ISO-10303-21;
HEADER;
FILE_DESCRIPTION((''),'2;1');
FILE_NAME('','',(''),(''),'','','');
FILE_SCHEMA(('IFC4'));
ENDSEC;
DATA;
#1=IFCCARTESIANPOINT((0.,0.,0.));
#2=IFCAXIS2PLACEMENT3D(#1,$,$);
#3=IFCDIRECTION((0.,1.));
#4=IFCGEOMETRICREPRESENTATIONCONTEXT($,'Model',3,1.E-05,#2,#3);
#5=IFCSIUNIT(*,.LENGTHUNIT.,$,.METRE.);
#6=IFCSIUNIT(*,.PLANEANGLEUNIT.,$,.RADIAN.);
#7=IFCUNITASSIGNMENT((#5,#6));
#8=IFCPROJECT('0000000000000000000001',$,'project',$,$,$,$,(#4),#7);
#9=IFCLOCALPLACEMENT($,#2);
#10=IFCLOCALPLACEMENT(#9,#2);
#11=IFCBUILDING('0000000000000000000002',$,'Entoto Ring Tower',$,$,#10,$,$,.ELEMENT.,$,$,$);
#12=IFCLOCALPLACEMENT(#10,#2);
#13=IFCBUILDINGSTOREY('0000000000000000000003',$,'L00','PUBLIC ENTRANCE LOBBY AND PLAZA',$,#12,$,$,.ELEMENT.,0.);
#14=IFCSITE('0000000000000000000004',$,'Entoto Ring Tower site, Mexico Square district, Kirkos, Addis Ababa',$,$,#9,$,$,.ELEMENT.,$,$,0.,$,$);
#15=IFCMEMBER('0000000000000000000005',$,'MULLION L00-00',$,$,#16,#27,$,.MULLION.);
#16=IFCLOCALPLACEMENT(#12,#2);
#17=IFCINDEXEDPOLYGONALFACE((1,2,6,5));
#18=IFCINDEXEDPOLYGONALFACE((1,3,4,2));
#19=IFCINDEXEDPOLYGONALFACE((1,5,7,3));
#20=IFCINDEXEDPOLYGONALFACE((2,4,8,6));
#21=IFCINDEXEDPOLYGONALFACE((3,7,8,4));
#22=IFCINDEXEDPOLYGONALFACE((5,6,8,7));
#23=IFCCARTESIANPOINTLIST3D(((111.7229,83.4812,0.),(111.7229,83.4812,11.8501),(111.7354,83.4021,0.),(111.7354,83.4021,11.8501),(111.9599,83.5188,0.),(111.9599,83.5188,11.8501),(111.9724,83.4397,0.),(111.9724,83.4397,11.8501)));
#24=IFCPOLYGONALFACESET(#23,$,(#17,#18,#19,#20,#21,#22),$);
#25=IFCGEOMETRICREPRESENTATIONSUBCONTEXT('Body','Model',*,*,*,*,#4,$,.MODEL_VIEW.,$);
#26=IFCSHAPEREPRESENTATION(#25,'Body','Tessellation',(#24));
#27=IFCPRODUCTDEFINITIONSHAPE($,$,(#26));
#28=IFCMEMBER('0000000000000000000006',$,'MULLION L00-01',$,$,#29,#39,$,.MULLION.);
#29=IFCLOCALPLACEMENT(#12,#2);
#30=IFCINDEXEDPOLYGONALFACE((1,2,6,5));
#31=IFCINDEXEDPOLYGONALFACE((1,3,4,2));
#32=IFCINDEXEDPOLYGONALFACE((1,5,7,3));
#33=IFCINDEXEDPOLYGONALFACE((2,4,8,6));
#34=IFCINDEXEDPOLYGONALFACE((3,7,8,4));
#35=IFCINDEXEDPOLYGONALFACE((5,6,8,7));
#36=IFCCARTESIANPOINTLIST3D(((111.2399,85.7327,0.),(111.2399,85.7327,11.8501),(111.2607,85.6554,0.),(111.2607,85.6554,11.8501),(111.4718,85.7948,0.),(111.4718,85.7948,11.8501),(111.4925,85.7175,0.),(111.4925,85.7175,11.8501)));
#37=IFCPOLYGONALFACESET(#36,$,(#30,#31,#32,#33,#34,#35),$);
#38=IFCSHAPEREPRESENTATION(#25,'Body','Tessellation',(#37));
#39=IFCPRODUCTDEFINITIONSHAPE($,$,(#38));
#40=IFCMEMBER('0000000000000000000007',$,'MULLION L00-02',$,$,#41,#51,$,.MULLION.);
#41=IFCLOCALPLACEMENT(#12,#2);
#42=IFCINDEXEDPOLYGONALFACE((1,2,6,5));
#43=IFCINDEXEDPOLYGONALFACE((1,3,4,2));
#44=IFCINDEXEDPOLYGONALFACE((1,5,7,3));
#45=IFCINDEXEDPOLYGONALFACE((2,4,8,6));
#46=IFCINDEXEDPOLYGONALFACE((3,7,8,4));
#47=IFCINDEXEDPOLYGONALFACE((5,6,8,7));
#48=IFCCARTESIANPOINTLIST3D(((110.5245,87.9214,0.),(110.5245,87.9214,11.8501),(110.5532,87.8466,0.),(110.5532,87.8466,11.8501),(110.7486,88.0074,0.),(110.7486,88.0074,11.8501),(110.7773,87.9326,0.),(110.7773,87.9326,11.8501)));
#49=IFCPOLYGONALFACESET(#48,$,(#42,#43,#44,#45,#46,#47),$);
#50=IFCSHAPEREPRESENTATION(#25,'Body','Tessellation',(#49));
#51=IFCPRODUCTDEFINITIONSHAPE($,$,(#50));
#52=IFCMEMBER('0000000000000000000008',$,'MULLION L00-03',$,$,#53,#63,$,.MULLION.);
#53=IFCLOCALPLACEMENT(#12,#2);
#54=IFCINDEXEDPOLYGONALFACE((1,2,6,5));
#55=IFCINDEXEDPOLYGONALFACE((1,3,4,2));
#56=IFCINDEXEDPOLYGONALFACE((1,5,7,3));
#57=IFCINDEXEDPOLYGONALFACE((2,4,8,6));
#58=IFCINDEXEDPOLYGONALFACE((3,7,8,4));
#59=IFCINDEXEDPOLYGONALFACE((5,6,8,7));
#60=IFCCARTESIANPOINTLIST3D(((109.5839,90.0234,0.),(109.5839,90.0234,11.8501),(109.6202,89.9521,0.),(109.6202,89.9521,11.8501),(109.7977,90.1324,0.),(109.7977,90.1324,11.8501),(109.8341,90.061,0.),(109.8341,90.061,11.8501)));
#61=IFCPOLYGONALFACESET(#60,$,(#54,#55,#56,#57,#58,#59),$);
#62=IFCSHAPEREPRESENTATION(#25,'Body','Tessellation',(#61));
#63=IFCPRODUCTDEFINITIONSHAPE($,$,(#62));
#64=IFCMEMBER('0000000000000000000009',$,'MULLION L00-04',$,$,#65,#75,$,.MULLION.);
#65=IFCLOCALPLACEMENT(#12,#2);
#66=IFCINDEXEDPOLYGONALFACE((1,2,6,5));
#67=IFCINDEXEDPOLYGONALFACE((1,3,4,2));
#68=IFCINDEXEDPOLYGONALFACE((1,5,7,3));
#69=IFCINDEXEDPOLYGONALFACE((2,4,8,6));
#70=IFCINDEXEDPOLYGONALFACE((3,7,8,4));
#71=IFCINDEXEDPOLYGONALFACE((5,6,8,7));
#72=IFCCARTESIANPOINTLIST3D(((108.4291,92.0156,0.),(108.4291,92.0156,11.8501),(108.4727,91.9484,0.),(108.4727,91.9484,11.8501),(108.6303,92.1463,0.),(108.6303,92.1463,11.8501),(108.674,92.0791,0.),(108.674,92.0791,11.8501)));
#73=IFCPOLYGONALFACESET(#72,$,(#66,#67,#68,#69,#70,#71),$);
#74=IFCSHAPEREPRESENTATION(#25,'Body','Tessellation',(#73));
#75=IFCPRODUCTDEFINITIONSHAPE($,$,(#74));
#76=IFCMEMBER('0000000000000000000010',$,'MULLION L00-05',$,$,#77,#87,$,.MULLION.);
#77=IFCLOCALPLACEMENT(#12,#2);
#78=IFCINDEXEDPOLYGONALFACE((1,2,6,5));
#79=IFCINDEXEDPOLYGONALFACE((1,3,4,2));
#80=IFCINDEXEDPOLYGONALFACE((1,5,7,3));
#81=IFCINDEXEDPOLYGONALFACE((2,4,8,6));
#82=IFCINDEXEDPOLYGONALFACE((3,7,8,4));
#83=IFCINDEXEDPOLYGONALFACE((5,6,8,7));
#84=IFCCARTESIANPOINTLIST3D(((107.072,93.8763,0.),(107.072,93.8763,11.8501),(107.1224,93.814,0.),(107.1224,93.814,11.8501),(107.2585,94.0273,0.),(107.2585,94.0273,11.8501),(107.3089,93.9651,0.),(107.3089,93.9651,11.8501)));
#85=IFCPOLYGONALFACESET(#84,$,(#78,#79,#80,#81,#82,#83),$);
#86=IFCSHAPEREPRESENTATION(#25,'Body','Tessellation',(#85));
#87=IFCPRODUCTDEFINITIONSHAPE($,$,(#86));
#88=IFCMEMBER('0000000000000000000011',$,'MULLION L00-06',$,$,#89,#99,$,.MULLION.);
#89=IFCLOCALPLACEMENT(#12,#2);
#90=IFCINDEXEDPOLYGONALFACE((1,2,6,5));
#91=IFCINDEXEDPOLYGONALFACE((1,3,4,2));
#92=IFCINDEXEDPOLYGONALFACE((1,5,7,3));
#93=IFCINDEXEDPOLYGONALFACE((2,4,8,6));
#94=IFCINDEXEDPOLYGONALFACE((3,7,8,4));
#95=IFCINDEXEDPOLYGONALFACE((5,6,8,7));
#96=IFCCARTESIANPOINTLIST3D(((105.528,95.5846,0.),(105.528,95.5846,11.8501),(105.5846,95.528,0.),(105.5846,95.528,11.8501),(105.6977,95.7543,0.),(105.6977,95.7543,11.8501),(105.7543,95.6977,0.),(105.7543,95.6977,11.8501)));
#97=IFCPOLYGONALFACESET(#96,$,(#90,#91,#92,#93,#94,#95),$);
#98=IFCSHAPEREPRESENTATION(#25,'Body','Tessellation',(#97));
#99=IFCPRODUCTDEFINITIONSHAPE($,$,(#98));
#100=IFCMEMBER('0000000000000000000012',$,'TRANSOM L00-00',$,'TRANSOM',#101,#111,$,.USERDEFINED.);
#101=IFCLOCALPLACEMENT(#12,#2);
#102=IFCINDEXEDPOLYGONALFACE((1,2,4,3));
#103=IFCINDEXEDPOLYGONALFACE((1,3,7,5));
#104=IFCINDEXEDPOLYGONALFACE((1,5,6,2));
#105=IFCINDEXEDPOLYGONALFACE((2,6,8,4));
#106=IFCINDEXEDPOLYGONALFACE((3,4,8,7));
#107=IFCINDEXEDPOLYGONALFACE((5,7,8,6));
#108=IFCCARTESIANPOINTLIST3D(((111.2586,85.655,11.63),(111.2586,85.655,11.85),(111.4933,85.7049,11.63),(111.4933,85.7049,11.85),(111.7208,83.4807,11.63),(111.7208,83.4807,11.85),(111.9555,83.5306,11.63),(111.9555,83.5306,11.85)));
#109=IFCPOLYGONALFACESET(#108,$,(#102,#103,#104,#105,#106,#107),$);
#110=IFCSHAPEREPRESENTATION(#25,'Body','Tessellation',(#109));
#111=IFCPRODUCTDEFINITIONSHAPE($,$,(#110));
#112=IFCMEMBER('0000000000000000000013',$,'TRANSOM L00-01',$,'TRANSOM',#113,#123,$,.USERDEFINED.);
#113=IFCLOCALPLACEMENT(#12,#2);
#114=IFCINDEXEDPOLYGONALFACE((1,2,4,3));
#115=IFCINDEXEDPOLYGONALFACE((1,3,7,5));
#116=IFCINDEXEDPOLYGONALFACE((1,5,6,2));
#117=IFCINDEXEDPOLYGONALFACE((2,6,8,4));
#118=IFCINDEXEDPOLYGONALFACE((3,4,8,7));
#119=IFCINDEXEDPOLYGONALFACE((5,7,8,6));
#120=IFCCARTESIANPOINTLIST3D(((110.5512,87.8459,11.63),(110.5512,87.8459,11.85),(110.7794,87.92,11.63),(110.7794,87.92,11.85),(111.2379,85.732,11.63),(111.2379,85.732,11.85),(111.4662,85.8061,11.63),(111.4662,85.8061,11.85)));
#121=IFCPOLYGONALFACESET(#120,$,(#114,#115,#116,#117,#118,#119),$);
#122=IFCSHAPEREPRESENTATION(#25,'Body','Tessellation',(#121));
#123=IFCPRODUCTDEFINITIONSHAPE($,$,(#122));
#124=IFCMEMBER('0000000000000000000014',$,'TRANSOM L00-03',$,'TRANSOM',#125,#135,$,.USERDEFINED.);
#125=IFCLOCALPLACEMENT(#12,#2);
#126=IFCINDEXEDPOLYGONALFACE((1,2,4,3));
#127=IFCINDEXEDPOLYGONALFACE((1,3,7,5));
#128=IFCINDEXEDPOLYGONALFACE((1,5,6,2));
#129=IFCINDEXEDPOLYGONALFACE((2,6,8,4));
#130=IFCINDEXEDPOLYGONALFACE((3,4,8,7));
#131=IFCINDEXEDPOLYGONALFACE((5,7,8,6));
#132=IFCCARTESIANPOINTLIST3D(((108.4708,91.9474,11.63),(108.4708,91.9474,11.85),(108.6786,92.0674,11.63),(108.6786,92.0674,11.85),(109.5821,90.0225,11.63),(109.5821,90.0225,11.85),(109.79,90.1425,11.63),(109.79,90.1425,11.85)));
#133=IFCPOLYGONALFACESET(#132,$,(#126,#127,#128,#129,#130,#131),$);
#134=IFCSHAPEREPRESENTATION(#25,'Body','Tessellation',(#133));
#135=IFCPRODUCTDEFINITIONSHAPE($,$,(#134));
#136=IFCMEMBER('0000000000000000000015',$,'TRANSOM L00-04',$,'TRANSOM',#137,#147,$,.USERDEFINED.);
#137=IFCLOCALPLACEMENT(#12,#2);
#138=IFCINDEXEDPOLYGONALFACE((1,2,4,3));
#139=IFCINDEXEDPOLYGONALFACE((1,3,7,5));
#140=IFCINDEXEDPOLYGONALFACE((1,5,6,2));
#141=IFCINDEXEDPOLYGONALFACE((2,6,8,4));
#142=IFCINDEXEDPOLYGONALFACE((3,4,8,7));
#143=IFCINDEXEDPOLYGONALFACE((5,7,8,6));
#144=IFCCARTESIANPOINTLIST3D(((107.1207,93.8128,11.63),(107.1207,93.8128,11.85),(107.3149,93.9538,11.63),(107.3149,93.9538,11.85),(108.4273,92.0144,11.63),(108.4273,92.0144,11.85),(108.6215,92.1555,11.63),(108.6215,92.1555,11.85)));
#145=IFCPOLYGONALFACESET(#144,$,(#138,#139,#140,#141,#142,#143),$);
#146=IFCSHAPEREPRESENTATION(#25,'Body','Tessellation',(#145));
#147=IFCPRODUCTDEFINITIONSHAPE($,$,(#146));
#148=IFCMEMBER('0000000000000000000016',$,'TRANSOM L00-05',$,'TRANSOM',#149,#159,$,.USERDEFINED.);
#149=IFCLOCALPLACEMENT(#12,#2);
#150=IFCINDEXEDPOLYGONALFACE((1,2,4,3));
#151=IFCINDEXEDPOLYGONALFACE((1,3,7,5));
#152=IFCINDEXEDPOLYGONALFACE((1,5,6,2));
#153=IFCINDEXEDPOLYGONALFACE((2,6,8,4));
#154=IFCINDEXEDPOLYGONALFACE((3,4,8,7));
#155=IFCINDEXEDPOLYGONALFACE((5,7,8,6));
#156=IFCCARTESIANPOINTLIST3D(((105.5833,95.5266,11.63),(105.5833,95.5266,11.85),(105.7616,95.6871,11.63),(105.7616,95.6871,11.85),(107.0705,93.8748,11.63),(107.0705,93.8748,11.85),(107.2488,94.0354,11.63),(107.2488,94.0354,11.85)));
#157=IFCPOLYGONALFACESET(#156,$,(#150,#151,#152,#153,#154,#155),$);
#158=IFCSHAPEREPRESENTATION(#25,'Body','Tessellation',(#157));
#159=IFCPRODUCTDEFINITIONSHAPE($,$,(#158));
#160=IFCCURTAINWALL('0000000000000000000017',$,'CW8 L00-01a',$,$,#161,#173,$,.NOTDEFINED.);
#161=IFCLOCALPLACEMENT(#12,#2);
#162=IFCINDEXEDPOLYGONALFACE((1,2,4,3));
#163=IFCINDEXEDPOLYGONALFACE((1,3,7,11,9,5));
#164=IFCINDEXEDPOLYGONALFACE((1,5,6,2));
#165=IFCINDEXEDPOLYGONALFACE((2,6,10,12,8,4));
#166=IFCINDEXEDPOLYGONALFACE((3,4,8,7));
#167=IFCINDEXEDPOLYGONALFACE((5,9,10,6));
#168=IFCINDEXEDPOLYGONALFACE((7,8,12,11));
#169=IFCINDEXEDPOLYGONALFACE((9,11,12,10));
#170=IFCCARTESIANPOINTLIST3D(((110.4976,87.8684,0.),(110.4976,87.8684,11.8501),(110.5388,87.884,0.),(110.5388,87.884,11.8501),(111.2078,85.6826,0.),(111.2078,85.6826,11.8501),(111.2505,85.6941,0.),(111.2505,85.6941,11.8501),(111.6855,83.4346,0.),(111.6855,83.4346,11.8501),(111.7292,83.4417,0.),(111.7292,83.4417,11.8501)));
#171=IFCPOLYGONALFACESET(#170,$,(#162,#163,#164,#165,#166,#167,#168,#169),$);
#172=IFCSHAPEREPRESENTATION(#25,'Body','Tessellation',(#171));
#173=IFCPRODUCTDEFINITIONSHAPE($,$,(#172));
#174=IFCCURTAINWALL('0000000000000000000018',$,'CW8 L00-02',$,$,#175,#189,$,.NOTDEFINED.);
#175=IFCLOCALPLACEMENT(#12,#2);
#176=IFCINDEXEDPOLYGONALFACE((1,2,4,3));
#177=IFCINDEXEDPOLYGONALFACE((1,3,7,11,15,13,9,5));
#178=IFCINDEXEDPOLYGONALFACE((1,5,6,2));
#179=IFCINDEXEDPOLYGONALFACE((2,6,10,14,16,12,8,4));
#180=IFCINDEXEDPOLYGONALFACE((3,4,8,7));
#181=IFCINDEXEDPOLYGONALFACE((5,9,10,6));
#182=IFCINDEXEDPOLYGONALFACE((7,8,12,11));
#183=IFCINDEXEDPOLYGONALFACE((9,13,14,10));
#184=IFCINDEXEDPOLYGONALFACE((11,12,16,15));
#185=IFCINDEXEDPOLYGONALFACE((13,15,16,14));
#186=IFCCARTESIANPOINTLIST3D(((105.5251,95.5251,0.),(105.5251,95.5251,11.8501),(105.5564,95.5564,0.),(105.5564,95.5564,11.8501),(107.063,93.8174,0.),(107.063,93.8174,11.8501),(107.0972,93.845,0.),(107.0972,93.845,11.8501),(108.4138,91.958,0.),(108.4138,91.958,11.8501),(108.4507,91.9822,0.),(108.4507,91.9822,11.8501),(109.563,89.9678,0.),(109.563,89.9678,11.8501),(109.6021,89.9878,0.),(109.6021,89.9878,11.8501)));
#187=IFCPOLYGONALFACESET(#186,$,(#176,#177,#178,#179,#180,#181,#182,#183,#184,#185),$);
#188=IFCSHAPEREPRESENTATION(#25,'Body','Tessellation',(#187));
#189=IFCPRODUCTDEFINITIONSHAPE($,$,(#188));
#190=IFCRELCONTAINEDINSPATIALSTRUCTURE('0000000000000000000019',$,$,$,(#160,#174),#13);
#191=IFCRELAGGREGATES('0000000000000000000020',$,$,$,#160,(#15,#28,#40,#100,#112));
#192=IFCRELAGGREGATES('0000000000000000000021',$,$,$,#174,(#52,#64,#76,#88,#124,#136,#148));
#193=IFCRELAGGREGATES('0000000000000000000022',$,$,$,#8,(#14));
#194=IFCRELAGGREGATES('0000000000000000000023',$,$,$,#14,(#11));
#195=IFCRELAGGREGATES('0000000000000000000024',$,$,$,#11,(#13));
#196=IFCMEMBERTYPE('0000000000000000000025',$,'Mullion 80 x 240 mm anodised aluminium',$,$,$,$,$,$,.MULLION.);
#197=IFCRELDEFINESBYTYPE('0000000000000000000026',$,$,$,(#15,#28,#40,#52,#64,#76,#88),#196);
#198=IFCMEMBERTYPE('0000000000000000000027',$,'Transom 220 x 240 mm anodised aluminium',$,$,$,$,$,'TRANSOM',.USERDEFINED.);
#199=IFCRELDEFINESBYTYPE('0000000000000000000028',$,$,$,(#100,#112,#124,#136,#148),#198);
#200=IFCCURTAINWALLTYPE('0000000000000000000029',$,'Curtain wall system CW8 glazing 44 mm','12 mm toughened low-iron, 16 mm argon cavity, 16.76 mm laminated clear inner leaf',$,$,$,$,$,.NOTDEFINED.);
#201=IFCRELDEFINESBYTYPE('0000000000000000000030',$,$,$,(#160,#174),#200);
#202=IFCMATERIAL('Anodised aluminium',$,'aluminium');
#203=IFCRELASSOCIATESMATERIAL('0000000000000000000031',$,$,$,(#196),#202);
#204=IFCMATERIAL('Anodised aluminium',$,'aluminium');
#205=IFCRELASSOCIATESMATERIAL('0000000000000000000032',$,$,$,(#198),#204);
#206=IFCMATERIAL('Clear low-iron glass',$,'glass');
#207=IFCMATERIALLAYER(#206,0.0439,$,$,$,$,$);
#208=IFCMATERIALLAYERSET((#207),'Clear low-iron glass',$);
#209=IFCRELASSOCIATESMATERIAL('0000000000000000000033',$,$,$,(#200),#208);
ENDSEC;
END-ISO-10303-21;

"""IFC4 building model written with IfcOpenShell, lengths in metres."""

from ifc_helpers import new_model, si_unit, direction, frame, origin, origin_2d, place, context, subcontext, project, spatial, polyline, rectangle, outline, extrude, material, layer, layer_set, material_profile, profile_set, type_object, element, aggregate, save


model = new_model("IFC4")

# Units and contexts
model_context = context("Model", 3, precision=1e-05, world=origin(), true_north=direction((0.0, 1.0)))
body_context = subcontext(model_context, "Body", "Model", "MODEL_VIEW")
ifc_project = project(units=[si_unit("LENGTHUNIT", "METRE"), si_unit("PLANEANGLEUNIT", "RADIAN")], contexts=[model_context])

# Members
ifc_material_1 = material(Name="Anodised aluminium", Category="aluminium")
ifc_material_profile_1 = material_profile(ifc_material_1, rectangle(XDim=0.0801, YDim=0.24, at=origin_2d()), Name="Mullion 80 x 240 mm anodised aluminium")
ifc_profile_set_1 = profile_set([ifc_material_profile_1], Name="Anodised aluminium")
member_type_1 = type_object("IfcMemberType", Name="Mullion 80 x 240 mm anodised aluminium", PredefinedType="MULLION", material=ifc_profile_set_1)
site_placement = place(None, origin())
building_placement = place(site_placement, origin())
storey_placement = place(building_placement, origin())
member_1_placement = place(storey_placement, frame((111.8477, 83.4604, 0.0), z_axis=(0.0, 0.0, 1.0), x_axis=(-0.156434, 0.987688, 0.0)))
member_1 = element("IfcMember", 1, at=member_1_placement, type_object=member_type_1, Name="MULLION L00-00", PredefinedType="MULLION", context=body_context, shape_type="SweptSolid", body=[
    extrude(rectangle(XDim=0.0801, YDim=0.24, at=origin_2d()), origin(), (0.0, 0.0, 1.0), 11.8501),
])
member_2_placement = place(storey_placement, frame((111.3662, 85.7251, 0.0), z_axis=(0.0, 0.0, 1.0), x_axis=(-0.258819, 0.965926, 0.0)))
member_2 = element("IfcMember", 2, at=member_2_placement, type_object=member_type_1, Name="MULLION L00-01", PredefinedType="MULLION", context=body_context, shape_type="SweptSolid", body=[
    extrude(rectangle(XDim=0.0801, YDim=0.24, at=origin_2d()), origin(), (0.0, 0.0, 1.0), 11.8501),
])
member_3_placement = place(storey_placement, frame((110.6509, 87.927, 0.0), z_axis=(0.0, 0.0, 1.0), x_axis=(-0.358368, 0.93358, 0.0)))
member_3 = element("IfcMember", 3, at=member_3_placement, type_object=member_type_1, Name="MULLION L00-02", PredefinedType="MULLION", context=body_context, shape_type="SweptSolid", body=[
    extrude(rectangle(XDim=0.0801, YDim=0.24, at=origin_2d()), origin(), (0.0, 0.0, 1.0), 11.8501),
])
member_4_placement = place(storey_placement, frame((109.709, 90.0422, 0.0), z_axis=(0.0, 0.0, 1.0), x_axis=(-0.45399, 0.891007, 0.0)))
member_4 = element("IfcMember", 4, at=member_4_placement, type_object=member_type_1, Name="MULLION L00-03", PredefinedType="MULLION", context=body_context, shape_type="SweptSolid", body=[
    extrude(rectangle(XDim=0.0801, YDim=0.24, at=origin_2d()), origin(), (0.0, 0.0, 1.0), 11.8501),
])
member_5_placement = place(storey_placement, frame((108.5515, 92.0474, 0.0), z_axis=(0.0, 0.0, 1.0), x_axis=(-0.544639, 0.838671, 0.0)))
member_5 = element("IfcMember", 5, at=member_5_placement, type_object=member_type_1, Name="MULLION L00-04", PredefinedType="MULLION", context=body_context, shape_type="SweptSolid", body=[
    extrude(rectangle(XDim=0.0801, YDim=0.24, at=origin_2d()), origin(), (0.0, 0.0, 1.0), 11.8501),
])
member_6_placement = place(storey_placement, frame((107.1904, 93.9207, 0.0), z_axis=(0.0, 0.0, 1.0), x_axis=(-0.62932, 0.777146, 0.0)))
member_6 = element("IfcMember", 6, at=member_6_placement, type_object=member_type_1, Name="MULLION L00-05", PredefinedType="MULLION", context=body_context, shape_type="SweptSolid", body=[
    extrude(rectangle(XDim=0.0801, YDim=0.24, at=origin_2d()), origin(), (0.0, 0.0, 1.0), 11.8501),
])
member_7_placement = place(storey_placement, frame((105.6411, 95.6411, 0.0), z_axis=(0.0, 0.0, 1.0), x_axis=(-0.707107, 0.707107, 0.0)))
member_7 = element("IfcMember", 7, at=member_7_placement, type_object=member_type_1, Name="MULLION L00-06", PredefinedType="MULLION", context=body_context, shape_type="SweptSolid", body=[
    extrude(rectangle(XDim=0.0801, YDim=0.24, at=origin_2d()), origin(), (0.0, 0.0, 1.0), 11.8501),
])
ifc_material_2 = material(Name="Anodised aluminium", Category="aluminium")
ifc_material_profile_2 = material_profile(ifc_material_2, rectangle(XDim=0.24, YDim=0.22, at=origin_2d()), Name="Transom 220 x 240 mm anodised aluminium")
ifc_profile_set_2 = profile_set([ifc_material_profile_2], Name="Anodised aluminium")
member_type_2 = type_object("IfcMemberType", Name="Transom 220 x 240 mm anodised aluminium", ElementType="TRANSOM", PredefinedType="USERDEFINED", material=ifc_profile_set_2)
member_8_placement = place(storey_placement, frame((111.8381, 83.5056, 11.74), z_axis=(-0.207909, 0.978148, 0.0), x_axis=(-0.978148, -0.207909, 0.0)))
member_8 = element("IfcMember", 8, at=member_8_placement, type_object=member_type_2, Name="TRANSOM L00-00", ObjectType="TRANSOM", PredefinedType="USERDEFINED", context=body_context, shape_type="SweptSolid", body=[
    extrude(rectangle(XDim=0.24, YDim=0.22, at=origin_2d()), origin(), (0.0, 0.0, 1.0), 2.2229),
])
member_9_placement = place(storey_placement, frame((111.3521, 85.769, 11.74), z_axis=(-0.308969, 0.951072, 0.0), x_axis=(-0.951072, -0.308969, 0.0)))
member_9 = element("IfcMember", 9, at=member_9_placement, type_object=member_type_2, Name="TRANSOM L00-01", ObjectType="TRANSOM", PredefinedType="USERDEFINED", context=body_context, shape_type="SweptSolid", body=[
    extrude(rectangle(XDim=0.24, YDim=0.22, at=origin_2d()), origin(), (0.0, 0.0, 1.0), 2.2227),
])
member_10_placement = place(storey_placement, frame((109.686, 90.0825, 11.74), z_axis=(-0.500014, 0.866017, 0.0), x_axis=(-0.866017, -0.500014, 0.0)))
member_10 = element("IfcMember", 10, at=member_10_placement, type_object=member_type_2, Name="TRANSOM L00-03", ObjectType="TRANSOM", PredefinedType="USERDEFINED", context=body_context, shape_type="SweptSolid", body=[
    extrude(rectangle(XDim=0.24, YDim=0.22, at=origin_2d()), origin(), (0.0, 0.0, 1.0), 2.2227),
])
member_11_placement = place(storey_placement, frame((108.5244, 92.085, 11.74), z_axis=(-0.587806, 0.809002, 0.0), x_axis=(-0.809002, -0.587806, 0.0)))
member_11 = element("IfcMember", 11, at=member_11_placement, type_object=member_type_2, Name="TRANSOM L00-04", ObjectType="TRANSOM", PredefinedType="USERDEFINED", context=body_context, shape_type="SweptSolid", body=[
    extrude(rectangle(XDim=0.24, YDim=0.22, at=origin_2d()), origin(), (0.0, 0.0, 1.0), 2.2229),
])
member_12_placement = place(storey_placement, frame((107.1597, 93.9551, 11.74), z_axis=(-0.669122, 0.743152, 0.0), x_axis=(-0.743152, -0.669122, 0.0)))
member_12 = element("IfcMember", 12, at=member_12_placement, type_object=member_type_2, Name="TRANSOM L00-05", ObjectType="TRANSOM", PredefinedType="USERDEFINED", context=body_context, shape_type="SweptSolid", body=[
    extrude(rectangle(XDim=0.24, YDim=0.22, at=origin_2d()), origin(), (0.0, 0.0, 1.0), 2.2227),
])

# Site, building, storey
site = spatial("IfcSite", under=ifc_project, at=site_placement, Name="Entoto Ring Tower site, Mexico Square district, Kirkos, Addis Ababa", CompositionType="ELEMENT", RefElevation=0.0)
building = spatial("IfcBuilding", under=site, at=building_placement, Name="Entoto Ring Tower", CompositionType="ELEMENT")
storey = spatial("IfcBuildingStorey", under=building, at=storey_placement, Name="L00", Description="PUBLIC ENTRANCE LOBBY AND PLAZA", CompositionType="ELEMENT", Elevation=0.0)

# Curtain walls
ifc_material_3 = material(Name="Clear low-iron glass", Category="glass")
ifc_layer_1 = layer(ifc_material_3, 0.0439)
ifc_layer_set_1 = layer_set([ifc_layer_1], Name="Clear low-iron glass")
curtain_wall_type = type_object("IfcCurtainWallType", Name="Curtain wall system CW8 glazing 44 mm", Description="12 mm toughened low-iron, 16 mm argon cavity, 16.76 mm laminated clear inner leaf", PredefinedType="NOTDEFINED", material=ifc_layer_set_1)
curtain_wall_1_placement = place(storey_placement, origin())
curtain_wall_1 = element("IfcCurtainWall", 13, at=curtain_wall_1_placement, inside=storey, type_object=curtain_wall_type, Name="CW8 L00-01a", PredefinedType="NOTDEFINED", context=body_context, shape_type="SweptSolid", body=[
    extrude(outline(polyline([(111.7292, 83.4417), (111.2505, 85.6941), (110.5388, 87.884), (110.4976, 87.8684), (111.2078, 85.6826), (111.6855, 83.4346), (111.7292, 83.4417)])), origin(), (0.0, 0.0, 1.0), 11.8501),
])
aggregate(curtain_wall_1, [member_1, member_2, member_3, member_8, member_9])
curtain_wall_2_placement = place(storey_placement, origin())
curtain_wall_2 = element("IfcCurtainWall", 14, at=curtain_wall_2_placement, inside=storey, type_object=curtain_wall_type, Name="CW8 L00-02", PredefinedType="NOTDEFINED", context=body_context, shape_type="SweptSolid", body=[
    extrude(outline(polyline([(109.6021, 89.9878), (108.4507, 91.9822), (107.0972, 93.845), (105.5564, 95.5564), (105.5251, 95.5251), (107.063, 93.8174), (108.4138, 91.958), (109.563, 89.9678), (109.6021, 89.9878)])), origin(), (0.0, 0.0, 1.0), 11.8501),
])
aggregate(curtain_wall_2, [member_4, member_5, member_6, member_7, member_10, member_11, member_12])

save(model, "model.ifc")
